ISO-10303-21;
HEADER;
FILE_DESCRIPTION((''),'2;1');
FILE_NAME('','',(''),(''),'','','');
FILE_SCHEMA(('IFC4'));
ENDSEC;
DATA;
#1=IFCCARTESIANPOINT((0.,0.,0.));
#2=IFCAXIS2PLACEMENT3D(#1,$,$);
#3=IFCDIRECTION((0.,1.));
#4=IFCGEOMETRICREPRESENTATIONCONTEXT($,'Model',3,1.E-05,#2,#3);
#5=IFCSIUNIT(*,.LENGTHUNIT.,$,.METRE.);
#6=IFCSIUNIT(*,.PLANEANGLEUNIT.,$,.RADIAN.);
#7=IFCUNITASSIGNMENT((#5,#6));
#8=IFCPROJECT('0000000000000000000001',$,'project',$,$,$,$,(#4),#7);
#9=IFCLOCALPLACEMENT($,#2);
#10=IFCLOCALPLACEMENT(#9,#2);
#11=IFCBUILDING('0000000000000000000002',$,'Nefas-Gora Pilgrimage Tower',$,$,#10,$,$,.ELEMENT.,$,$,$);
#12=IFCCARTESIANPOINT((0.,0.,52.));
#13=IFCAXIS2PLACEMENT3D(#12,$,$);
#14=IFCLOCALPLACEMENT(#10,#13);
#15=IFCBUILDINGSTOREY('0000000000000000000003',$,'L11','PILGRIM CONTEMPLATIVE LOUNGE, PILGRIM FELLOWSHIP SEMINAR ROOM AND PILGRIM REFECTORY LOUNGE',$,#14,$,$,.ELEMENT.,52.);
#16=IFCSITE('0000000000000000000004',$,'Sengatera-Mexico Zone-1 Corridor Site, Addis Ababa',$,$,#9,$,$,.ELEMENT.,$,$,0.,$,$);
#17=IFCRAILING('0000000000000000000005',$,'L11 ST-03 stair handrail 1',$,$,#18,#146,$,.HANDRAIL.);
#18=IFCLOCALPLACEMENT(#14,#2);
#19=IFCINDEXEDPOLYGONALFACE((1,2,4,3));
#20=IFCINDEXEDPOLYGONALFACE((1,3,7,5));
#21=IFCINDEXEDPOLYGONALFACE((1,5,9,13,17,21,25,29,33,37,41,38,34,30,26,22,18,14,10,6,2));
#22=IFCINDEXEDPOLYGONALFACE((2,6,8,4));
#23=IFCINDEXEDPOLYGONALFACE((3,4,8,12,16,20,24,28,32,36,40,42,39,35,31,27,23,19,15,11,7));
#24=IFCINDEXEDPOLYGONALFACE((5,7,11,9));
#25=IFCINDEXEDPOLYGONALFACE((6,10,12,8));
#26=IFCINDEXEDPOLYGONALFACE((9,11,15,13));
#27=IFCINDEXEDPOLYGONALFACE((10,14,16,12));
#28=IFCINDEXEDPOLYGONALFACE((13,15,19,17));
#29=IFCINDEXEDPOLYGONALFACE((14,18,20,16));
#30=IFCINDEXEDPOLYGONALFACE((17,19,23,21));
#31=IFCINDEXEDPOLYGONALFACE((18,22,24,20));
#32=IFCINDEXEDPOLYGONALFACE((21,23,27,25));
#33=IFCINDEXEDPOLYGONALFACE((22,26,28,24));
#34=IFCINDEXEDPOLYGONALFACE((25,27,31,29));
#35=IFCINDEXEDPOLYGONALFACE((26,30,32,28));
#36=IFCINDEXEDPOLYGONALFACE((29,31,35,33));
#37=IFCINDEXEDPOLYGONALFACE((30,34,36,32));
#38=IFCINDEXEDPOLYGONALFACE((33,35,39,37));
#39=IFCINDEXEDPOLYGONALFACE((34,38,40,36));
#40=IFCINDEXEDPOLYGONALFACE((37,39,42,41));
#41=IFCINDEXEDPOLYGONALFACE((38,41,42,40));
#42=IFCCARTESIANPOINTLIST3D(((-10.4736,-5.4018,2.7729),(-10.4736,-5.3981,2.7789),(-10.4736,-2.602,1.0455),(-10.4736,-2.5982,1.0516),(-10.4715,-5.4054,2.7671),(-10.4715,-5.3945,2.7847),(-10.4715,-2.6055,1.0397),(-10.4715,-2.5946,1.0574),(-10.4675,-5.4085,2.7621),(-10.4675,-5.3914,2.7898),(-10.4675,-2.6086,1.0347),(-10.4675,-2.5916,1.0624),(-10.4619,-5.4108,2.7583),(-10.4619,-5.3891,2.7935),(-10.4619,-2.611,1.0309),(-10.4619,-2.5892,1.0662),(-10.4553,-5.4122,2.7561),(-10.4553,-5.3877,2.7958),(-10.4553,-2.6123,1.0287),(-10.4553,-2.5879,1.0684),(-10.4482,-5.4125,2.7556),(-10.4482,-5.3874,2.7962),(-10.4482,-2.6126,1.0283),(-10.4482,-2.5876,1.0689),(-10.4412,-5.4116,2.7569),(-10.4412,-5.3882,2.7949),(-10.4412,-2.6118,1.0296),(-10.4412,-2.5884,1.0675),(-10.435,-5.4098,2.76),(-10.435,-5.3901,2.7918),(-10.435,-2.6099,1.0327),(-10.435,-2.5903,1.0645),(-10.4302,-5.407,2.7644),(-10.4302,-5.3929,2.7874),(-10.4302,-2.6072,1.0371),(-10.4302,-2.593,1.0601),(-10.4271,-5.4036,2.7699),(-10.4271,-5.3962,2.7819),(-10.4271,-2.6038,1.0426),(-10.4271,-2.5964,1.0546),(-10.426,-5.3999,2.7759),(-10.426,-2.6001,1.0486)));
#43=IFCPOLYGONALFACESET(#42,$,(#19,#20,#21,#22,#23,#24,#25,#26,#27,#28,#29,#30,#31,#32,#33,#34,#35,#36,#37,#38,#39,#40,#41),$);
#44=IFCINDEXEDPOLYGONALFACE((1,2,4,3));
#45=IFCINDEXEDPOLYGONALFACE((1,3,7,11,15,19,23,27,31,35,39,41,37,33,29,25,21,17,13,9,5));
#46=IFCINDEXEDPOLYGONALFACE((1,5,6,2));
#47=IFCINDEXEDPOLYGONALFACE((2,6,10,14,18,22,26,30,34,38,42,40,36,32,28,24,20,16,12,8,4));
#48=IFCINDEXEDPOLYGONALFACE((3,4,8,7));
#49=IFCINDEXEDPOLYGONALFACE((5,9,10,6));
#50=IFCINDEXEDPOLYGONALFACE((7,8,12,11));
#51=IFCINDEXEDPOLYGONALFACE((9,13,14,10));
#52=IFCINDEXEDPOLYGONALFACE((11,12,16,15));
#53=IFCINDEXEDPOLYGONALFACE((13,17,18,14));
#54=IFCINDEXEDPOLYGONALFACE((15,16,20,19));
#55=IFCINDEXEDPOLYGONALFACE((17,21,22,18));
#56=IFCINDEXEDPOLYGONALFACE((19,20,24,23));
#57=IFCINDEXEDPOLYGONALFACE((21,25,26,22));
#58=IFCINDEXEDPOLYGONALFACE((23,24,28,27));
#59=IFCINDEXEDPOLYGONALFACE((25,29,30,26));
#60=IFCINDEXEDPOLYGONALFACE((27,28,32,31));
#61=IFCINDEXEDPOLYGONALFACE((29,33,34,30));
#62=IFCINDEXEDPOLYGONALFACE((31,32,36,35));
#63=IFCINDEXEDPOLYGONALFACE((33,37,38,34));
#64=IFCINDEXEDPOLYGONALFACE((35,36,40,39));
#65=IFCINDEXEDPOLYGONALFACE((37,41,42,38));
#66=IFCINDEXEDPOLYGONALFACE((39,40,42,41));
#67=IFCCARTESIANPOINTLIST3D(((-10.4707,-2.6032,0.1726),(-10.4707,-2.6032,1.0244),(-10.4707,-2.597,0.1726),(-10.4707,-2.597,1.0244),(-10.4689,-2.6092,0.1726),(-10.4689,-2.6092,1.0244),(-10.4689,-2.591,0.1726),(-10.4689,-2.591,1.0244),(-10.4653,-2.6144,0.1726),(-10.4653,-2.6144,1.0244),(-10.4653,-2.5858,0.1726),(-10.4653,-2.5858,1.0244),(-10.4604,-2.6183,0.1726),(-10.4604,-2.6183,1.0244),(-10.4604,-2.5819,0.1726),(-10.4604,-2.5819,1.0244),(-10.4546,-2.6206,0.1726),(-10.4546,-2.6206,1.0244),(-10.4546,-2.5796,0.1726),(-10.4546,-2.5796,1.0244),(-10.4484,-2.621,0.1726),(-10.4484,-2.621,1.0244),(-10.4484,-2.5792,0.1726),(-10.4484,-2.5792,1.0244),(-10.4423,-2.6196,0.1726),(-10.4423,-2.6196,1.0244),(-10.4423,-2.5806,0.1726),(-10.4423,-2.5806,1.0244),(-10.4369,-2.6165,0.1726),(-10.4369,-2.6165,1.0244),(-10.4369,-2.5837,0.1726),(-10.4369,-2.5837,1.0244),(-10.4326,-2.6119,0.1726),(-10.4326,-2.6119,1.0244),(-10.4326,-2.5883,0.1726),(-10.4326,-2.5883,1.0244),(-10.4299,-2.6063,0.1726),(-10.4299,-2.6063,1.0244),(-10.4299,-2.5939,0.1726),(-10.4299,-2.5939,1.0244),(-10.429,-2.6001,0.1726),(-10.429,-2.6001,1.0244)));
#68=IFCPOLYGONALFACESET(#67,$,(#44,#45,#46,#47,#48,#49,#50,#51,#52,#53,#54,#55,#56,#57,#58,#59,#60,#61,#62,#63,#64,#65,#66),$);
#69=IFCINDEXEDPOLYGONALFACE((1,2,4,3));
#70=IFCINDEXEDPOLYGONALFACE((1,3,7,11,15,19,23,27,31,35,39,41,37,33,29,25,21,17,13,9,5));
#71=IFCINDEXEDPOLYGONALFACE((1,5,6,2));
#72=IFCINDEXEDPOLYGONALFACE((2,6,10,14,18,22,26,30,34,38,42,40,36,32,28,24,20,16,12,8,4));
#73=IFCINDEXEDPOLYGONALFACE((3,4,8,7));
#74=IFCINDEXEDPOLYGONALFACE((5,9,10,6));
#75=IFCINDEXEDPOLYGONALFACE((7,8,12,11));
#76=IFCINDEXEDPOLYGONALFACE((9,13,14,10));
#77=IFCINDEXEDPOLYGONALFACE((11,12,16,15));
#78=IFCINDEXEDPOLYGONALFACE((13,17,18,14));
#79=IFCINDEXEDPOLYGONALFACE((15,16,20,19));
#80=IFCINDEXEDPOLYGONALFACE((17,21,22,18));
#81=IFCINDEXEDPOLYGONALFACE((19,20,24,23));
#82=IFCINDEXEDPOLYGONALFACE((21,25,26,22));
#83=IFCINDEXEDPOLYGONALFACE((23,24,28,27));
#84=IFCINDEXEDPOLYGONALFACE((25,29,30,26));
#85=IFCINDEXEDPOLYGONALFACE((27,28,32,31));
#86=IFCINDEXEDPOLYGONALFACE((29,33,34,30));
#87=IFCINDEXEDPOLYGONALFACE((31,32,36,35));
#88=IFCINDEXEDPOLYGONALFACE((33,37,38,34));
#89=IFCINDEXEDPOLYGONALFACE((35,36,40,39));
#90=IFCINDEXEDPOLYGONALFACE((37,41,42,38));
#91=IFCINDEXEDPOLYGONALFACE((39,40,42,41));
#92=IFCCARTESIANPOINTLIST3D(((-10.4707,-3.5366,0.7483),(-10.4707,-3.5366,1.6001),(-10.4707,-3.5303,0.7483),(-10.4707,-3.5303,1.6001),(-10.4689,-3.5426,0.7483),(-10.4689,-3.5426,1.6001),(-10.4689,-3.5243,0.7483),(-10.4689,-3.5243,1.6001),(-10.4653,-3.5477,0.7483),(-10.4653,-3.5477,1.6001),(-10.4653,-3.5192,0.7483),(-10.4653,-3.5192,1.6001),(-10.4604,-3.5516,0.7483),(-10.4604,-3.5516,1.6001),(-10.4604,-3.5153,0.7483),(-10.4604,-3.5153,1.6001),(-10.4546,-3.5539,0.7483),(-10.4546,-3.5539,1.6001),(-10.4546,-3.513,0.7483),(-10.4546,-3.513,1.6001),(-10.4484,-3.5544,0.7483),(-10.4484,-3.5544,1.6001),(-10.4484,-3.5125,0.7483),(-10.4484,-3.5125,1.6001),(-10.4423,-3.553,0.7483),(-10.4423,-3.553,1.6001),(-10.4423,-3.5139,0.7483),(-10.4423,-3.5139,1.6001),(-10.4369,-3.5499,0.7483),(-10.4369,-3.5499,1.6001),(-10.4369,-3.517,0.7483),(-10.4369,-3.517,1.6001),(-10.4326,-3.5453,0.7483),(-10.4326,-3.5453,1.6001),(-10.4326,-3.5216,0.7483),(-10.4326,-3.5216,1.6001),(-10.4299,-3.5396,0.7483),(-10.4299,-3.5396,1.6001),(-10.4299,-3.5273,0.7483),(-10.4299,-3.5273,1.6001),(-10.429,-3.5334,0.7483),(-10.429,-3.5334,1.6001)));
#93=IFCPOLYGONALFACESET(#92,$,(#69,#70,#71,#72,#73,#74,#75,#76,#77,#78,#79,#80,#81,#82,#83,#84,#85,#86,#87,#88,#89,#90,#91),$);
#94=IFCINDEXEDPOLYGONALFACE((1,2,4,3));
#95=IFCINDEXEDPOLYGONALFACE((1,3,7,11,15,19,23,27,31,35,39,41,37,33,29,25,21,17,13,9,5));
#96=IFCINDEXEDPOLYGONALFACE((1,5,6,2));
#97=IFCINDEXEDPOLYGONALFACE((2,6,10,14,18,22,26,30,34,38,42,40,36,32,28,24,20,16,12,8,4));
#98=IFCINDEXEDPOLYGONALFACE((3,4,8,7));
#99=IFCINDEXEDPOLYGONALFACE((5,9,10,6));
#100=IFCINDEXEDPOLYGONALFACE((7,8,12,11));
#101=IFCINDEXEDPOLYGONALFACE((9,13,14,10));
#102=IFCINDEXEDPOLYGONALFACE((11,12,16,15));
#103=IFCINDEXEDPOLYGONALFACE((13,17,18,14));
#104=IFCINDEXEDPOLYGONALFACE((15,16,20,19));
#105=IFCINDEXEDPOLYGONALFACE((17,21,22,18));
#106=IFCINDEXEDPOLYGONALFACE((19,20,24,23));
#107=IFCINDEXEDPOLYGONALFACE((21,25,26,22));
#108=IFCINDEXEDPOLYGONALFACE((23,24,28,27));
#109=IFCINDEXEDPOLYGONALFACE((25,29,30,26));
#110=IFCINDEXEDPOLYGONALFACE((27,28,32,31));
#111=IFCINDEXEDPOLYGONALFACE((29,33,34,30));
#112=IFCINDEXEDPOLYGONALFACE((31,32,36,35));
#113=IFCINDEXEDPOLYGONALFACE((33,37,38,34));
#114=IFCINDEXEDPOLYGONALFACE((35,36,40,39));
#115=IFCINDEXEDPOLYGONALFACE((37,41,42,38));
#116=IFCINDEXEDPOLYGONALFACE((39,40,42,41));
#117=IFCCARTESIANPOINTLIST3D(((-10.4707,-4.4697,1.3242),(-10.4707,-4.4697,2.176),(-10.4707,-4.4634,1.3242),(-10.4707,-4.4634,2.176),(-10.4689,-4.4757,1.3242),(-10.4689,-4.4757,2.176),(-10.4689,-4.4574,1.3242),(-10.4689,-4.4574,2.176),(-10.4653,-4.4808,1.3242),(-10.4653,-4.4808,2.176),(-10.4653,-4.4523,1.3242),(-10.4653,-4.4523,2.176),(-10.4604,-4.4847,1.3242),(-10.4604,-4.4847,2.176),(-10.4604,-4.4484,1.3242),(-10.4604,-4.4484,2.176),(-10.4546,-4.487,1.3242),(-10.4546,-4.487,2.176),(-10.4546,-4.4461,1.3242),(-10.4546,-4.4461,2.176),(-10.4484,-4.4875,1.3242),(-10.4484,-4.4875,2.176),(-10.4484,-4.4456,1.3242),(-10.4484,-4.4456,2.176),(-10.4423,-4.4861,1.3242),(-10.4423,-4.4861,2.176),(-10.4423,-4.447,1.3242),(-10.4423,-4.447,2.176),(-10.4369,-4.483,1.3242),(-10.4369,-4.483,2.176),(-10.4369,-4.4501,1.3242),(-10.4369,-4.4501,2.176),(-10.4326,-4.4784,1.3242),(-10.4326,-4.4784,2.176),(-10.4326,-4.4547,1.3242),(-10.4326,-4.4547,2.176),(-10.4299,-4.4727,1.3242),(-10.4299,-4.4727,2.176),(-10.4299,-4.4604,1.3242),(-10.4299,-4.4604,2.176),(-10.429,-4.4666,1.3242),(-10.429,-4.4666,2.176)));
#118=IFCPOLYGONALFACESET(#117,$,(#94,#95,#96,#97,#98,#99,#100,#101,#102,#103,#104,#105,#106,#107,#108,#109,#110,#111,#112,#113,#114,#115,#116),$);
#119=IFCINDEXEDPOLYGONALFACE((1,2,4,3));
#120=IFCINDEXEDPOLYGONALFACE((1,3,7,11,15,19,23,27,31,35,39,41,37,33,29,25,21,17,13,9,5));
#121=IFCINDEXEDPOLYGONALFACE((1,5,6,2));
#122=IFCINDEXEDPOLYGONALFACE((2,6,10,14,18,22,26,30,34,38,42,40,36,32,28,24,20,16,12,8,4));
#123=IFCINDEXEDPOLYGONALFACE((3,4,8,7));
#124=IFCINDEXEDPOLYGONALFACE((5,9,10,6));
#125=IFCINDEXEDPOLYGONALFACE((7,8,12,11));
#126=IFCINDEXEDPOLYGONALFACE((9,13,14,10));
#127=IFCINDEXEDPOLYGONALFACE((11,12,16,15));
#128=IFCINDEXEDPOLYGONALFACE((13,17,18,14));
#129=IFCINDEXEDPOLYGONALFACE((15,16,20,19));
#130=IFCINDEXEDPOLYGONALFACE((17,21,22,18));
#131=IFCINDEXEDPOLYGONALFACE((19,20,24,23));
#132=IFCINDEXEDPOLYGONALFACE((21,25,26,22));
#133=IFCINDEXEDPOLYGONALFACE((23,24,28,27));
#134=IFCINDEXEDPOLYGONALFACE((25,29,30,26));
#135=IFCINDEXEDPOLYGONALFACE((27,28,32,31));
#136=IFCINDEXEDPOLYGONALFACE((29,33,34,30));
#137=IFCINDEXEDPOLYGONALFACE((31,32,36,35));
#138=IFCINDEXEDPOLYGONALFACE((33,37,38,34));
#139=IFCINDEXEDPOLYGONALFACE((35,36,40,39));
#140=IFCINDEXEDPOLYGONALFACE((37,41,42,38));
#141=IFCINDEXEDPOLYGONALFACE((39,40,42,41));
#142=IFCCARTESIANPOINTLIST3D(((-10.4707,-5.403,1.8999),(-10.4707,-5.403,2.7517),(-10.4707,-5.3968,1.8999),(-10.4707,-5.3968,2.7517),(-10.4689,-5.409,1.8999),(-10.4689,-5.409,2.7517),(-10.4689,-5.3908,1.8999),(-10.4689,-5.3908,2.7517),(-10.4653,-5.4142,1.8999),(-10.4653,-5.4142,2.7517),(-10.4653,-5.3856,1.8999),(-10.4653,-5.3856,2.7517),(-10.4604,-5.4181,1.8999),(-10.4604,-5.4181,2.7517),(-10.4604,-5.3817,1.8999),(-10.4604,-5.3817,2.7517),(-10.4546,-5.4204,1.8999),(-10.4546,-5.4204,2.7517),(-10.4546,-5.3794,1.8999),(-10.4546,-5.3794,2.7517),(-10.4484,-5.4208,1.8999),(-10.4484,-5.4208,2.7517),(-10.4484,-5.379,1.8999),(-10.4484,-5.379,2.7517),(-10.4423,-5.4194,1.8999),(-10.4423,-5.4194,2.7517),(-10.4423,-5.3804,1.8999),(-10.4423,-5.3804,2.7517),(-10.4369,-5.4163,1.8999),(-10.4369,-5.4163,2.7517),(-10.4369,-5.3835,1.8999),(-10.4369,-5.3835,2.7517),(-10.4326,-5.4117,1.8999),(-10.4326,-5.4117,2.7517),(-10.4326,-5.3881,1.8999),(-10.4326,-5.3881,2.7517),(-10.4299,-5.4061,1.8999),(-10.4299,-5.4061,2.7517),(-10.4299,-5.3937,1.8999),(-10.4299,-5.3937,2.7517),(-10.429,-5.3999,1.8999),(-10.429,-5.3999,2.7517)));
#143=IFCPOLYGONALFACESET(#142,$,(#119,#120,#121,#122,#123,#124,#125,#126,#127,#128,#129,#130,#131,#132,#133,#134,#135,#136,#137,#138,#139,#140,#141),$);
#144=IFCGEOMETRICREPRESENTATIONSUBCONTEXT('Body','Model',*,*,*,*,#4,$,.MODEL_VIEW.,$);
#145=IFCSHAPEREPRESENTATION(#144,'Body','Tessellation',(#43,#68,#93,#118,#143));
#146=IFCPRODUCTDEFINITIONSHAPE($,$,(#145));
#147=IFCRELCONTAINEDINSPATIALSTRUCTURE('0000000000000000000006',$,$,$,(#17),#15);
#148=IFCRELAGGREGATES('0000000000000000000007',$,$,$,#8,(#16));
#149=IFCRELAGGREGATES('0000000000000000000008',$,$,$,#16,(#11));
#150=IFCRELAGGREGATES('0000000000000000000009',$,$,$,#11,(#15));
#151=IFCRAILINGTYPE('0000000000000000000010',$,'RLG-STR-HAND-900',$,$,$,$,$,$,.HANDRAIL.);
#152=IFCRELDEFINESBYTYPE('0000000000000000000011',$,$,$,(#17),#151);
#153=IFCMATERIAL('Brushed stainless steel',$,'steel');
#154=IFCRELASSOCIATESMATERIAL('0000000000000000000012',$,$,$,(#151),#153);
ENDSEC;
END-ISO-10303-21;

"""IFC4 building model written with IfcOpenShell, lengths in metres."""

from ifc_helpers import new_model, si_unit, direction, frame, origin, origin_2d, place, context, subcontext, project, spatial, circle, extrude, material, type_object, element, save


model = new_model("IFC4")

# Units and contexts
model_context = context("Model", 3, precision=1e-05, world=origin(), true_north=direction((0.0, 1.0)))
body_context = subcontext(model_context, "Body", "Model", "MODEL_VIEW")
ifc_project = project(units=[si_unit("LENGTHUNIT", "METRE"), si_unit("PLANEANGLEUNIT", "RADIAN")], contexts=[model_context])

# Site, building, storey
site_placement = place(None, origin())
site = spatial("IfcSite", under=ifc_project, at=site_placement, Name="Sengatera-Mexico Zone-1 Corridor Site, Addis Ababa", CompositionType="ELEMENT", RefElevation=0.0)
building_placement = place(site_placement, origin())
building = spatial("IfcBuilding", under=site, at=building_placement, Name="Nefas-Gora Pilgrimage Tower", CompositionType="ELEMENT")
storey_placement = place(building_placement, frame((0.0, 0.0, 52.0)))
storey = spatial("IfcBuildingStorey", under=building, at=storey_placement, Name="L11", Description="PILGRIM CONTEMPLATIVE LOUNGE, PILGRIM FELLOWSHIP SEMINAR ROOM AND PILGRIM REFECTORY LOUNGE", CompositionType="ELEMENT", Elevation=52.0)

# Railing
ifc_material_1 = material(Name="Brushed stainless steel", Category="steel")
railing_type_1 = type_object("IfcRailingType", Name="RLG-STR-HAND-900", PredefinedType="HANDRAIL", material=ifc_material_1)
railing_1_placement = place(storey_placement, frame((-10.45, -2.6001, 0.1726)))
element("IfcRailing", 1, at=railing_1_placement, inside=storey, type_object=railing_type_1, Name="L11 ST-03 stair handrail 1", PredefinedType="HANDRAIL", context=body_context, shape_type="SweptSolid", body=[
    extrude(circle(Radius=0.0239, at=origin_2d()), frame((0.0, 0.0, 0.876), z_axis=(0.0, -0.851069, 0.525054), x_axis=(1.0, 0.0, 0.0)), (0.0, 0.0, 1.0), 3.2898),
    extrude(circle(Radius=0.021, at=origin_2d()), origin(), (0.0, 0.0, 1.0), 0.8518),
    extrude(circle(Radius=0.021, at=origin_2d()), frame((0.0, -0.9333, 0.5757)), (0.0, 0.0, 1.0), 0.8518),
    extrude(circle(Radius=0.021, at=origin_2d()), frame((0.0, -1.8665, 1.1516)), (0.0, 0.0, 1.0), 0.8518),
    extrude(circle(Radius=0.021, at=origin_2d()), frame((0.0, -2.7998, 1.7273)), (0.0, 0.0, 1.0), 0.8518),
])

save(model, "model.ifc")
